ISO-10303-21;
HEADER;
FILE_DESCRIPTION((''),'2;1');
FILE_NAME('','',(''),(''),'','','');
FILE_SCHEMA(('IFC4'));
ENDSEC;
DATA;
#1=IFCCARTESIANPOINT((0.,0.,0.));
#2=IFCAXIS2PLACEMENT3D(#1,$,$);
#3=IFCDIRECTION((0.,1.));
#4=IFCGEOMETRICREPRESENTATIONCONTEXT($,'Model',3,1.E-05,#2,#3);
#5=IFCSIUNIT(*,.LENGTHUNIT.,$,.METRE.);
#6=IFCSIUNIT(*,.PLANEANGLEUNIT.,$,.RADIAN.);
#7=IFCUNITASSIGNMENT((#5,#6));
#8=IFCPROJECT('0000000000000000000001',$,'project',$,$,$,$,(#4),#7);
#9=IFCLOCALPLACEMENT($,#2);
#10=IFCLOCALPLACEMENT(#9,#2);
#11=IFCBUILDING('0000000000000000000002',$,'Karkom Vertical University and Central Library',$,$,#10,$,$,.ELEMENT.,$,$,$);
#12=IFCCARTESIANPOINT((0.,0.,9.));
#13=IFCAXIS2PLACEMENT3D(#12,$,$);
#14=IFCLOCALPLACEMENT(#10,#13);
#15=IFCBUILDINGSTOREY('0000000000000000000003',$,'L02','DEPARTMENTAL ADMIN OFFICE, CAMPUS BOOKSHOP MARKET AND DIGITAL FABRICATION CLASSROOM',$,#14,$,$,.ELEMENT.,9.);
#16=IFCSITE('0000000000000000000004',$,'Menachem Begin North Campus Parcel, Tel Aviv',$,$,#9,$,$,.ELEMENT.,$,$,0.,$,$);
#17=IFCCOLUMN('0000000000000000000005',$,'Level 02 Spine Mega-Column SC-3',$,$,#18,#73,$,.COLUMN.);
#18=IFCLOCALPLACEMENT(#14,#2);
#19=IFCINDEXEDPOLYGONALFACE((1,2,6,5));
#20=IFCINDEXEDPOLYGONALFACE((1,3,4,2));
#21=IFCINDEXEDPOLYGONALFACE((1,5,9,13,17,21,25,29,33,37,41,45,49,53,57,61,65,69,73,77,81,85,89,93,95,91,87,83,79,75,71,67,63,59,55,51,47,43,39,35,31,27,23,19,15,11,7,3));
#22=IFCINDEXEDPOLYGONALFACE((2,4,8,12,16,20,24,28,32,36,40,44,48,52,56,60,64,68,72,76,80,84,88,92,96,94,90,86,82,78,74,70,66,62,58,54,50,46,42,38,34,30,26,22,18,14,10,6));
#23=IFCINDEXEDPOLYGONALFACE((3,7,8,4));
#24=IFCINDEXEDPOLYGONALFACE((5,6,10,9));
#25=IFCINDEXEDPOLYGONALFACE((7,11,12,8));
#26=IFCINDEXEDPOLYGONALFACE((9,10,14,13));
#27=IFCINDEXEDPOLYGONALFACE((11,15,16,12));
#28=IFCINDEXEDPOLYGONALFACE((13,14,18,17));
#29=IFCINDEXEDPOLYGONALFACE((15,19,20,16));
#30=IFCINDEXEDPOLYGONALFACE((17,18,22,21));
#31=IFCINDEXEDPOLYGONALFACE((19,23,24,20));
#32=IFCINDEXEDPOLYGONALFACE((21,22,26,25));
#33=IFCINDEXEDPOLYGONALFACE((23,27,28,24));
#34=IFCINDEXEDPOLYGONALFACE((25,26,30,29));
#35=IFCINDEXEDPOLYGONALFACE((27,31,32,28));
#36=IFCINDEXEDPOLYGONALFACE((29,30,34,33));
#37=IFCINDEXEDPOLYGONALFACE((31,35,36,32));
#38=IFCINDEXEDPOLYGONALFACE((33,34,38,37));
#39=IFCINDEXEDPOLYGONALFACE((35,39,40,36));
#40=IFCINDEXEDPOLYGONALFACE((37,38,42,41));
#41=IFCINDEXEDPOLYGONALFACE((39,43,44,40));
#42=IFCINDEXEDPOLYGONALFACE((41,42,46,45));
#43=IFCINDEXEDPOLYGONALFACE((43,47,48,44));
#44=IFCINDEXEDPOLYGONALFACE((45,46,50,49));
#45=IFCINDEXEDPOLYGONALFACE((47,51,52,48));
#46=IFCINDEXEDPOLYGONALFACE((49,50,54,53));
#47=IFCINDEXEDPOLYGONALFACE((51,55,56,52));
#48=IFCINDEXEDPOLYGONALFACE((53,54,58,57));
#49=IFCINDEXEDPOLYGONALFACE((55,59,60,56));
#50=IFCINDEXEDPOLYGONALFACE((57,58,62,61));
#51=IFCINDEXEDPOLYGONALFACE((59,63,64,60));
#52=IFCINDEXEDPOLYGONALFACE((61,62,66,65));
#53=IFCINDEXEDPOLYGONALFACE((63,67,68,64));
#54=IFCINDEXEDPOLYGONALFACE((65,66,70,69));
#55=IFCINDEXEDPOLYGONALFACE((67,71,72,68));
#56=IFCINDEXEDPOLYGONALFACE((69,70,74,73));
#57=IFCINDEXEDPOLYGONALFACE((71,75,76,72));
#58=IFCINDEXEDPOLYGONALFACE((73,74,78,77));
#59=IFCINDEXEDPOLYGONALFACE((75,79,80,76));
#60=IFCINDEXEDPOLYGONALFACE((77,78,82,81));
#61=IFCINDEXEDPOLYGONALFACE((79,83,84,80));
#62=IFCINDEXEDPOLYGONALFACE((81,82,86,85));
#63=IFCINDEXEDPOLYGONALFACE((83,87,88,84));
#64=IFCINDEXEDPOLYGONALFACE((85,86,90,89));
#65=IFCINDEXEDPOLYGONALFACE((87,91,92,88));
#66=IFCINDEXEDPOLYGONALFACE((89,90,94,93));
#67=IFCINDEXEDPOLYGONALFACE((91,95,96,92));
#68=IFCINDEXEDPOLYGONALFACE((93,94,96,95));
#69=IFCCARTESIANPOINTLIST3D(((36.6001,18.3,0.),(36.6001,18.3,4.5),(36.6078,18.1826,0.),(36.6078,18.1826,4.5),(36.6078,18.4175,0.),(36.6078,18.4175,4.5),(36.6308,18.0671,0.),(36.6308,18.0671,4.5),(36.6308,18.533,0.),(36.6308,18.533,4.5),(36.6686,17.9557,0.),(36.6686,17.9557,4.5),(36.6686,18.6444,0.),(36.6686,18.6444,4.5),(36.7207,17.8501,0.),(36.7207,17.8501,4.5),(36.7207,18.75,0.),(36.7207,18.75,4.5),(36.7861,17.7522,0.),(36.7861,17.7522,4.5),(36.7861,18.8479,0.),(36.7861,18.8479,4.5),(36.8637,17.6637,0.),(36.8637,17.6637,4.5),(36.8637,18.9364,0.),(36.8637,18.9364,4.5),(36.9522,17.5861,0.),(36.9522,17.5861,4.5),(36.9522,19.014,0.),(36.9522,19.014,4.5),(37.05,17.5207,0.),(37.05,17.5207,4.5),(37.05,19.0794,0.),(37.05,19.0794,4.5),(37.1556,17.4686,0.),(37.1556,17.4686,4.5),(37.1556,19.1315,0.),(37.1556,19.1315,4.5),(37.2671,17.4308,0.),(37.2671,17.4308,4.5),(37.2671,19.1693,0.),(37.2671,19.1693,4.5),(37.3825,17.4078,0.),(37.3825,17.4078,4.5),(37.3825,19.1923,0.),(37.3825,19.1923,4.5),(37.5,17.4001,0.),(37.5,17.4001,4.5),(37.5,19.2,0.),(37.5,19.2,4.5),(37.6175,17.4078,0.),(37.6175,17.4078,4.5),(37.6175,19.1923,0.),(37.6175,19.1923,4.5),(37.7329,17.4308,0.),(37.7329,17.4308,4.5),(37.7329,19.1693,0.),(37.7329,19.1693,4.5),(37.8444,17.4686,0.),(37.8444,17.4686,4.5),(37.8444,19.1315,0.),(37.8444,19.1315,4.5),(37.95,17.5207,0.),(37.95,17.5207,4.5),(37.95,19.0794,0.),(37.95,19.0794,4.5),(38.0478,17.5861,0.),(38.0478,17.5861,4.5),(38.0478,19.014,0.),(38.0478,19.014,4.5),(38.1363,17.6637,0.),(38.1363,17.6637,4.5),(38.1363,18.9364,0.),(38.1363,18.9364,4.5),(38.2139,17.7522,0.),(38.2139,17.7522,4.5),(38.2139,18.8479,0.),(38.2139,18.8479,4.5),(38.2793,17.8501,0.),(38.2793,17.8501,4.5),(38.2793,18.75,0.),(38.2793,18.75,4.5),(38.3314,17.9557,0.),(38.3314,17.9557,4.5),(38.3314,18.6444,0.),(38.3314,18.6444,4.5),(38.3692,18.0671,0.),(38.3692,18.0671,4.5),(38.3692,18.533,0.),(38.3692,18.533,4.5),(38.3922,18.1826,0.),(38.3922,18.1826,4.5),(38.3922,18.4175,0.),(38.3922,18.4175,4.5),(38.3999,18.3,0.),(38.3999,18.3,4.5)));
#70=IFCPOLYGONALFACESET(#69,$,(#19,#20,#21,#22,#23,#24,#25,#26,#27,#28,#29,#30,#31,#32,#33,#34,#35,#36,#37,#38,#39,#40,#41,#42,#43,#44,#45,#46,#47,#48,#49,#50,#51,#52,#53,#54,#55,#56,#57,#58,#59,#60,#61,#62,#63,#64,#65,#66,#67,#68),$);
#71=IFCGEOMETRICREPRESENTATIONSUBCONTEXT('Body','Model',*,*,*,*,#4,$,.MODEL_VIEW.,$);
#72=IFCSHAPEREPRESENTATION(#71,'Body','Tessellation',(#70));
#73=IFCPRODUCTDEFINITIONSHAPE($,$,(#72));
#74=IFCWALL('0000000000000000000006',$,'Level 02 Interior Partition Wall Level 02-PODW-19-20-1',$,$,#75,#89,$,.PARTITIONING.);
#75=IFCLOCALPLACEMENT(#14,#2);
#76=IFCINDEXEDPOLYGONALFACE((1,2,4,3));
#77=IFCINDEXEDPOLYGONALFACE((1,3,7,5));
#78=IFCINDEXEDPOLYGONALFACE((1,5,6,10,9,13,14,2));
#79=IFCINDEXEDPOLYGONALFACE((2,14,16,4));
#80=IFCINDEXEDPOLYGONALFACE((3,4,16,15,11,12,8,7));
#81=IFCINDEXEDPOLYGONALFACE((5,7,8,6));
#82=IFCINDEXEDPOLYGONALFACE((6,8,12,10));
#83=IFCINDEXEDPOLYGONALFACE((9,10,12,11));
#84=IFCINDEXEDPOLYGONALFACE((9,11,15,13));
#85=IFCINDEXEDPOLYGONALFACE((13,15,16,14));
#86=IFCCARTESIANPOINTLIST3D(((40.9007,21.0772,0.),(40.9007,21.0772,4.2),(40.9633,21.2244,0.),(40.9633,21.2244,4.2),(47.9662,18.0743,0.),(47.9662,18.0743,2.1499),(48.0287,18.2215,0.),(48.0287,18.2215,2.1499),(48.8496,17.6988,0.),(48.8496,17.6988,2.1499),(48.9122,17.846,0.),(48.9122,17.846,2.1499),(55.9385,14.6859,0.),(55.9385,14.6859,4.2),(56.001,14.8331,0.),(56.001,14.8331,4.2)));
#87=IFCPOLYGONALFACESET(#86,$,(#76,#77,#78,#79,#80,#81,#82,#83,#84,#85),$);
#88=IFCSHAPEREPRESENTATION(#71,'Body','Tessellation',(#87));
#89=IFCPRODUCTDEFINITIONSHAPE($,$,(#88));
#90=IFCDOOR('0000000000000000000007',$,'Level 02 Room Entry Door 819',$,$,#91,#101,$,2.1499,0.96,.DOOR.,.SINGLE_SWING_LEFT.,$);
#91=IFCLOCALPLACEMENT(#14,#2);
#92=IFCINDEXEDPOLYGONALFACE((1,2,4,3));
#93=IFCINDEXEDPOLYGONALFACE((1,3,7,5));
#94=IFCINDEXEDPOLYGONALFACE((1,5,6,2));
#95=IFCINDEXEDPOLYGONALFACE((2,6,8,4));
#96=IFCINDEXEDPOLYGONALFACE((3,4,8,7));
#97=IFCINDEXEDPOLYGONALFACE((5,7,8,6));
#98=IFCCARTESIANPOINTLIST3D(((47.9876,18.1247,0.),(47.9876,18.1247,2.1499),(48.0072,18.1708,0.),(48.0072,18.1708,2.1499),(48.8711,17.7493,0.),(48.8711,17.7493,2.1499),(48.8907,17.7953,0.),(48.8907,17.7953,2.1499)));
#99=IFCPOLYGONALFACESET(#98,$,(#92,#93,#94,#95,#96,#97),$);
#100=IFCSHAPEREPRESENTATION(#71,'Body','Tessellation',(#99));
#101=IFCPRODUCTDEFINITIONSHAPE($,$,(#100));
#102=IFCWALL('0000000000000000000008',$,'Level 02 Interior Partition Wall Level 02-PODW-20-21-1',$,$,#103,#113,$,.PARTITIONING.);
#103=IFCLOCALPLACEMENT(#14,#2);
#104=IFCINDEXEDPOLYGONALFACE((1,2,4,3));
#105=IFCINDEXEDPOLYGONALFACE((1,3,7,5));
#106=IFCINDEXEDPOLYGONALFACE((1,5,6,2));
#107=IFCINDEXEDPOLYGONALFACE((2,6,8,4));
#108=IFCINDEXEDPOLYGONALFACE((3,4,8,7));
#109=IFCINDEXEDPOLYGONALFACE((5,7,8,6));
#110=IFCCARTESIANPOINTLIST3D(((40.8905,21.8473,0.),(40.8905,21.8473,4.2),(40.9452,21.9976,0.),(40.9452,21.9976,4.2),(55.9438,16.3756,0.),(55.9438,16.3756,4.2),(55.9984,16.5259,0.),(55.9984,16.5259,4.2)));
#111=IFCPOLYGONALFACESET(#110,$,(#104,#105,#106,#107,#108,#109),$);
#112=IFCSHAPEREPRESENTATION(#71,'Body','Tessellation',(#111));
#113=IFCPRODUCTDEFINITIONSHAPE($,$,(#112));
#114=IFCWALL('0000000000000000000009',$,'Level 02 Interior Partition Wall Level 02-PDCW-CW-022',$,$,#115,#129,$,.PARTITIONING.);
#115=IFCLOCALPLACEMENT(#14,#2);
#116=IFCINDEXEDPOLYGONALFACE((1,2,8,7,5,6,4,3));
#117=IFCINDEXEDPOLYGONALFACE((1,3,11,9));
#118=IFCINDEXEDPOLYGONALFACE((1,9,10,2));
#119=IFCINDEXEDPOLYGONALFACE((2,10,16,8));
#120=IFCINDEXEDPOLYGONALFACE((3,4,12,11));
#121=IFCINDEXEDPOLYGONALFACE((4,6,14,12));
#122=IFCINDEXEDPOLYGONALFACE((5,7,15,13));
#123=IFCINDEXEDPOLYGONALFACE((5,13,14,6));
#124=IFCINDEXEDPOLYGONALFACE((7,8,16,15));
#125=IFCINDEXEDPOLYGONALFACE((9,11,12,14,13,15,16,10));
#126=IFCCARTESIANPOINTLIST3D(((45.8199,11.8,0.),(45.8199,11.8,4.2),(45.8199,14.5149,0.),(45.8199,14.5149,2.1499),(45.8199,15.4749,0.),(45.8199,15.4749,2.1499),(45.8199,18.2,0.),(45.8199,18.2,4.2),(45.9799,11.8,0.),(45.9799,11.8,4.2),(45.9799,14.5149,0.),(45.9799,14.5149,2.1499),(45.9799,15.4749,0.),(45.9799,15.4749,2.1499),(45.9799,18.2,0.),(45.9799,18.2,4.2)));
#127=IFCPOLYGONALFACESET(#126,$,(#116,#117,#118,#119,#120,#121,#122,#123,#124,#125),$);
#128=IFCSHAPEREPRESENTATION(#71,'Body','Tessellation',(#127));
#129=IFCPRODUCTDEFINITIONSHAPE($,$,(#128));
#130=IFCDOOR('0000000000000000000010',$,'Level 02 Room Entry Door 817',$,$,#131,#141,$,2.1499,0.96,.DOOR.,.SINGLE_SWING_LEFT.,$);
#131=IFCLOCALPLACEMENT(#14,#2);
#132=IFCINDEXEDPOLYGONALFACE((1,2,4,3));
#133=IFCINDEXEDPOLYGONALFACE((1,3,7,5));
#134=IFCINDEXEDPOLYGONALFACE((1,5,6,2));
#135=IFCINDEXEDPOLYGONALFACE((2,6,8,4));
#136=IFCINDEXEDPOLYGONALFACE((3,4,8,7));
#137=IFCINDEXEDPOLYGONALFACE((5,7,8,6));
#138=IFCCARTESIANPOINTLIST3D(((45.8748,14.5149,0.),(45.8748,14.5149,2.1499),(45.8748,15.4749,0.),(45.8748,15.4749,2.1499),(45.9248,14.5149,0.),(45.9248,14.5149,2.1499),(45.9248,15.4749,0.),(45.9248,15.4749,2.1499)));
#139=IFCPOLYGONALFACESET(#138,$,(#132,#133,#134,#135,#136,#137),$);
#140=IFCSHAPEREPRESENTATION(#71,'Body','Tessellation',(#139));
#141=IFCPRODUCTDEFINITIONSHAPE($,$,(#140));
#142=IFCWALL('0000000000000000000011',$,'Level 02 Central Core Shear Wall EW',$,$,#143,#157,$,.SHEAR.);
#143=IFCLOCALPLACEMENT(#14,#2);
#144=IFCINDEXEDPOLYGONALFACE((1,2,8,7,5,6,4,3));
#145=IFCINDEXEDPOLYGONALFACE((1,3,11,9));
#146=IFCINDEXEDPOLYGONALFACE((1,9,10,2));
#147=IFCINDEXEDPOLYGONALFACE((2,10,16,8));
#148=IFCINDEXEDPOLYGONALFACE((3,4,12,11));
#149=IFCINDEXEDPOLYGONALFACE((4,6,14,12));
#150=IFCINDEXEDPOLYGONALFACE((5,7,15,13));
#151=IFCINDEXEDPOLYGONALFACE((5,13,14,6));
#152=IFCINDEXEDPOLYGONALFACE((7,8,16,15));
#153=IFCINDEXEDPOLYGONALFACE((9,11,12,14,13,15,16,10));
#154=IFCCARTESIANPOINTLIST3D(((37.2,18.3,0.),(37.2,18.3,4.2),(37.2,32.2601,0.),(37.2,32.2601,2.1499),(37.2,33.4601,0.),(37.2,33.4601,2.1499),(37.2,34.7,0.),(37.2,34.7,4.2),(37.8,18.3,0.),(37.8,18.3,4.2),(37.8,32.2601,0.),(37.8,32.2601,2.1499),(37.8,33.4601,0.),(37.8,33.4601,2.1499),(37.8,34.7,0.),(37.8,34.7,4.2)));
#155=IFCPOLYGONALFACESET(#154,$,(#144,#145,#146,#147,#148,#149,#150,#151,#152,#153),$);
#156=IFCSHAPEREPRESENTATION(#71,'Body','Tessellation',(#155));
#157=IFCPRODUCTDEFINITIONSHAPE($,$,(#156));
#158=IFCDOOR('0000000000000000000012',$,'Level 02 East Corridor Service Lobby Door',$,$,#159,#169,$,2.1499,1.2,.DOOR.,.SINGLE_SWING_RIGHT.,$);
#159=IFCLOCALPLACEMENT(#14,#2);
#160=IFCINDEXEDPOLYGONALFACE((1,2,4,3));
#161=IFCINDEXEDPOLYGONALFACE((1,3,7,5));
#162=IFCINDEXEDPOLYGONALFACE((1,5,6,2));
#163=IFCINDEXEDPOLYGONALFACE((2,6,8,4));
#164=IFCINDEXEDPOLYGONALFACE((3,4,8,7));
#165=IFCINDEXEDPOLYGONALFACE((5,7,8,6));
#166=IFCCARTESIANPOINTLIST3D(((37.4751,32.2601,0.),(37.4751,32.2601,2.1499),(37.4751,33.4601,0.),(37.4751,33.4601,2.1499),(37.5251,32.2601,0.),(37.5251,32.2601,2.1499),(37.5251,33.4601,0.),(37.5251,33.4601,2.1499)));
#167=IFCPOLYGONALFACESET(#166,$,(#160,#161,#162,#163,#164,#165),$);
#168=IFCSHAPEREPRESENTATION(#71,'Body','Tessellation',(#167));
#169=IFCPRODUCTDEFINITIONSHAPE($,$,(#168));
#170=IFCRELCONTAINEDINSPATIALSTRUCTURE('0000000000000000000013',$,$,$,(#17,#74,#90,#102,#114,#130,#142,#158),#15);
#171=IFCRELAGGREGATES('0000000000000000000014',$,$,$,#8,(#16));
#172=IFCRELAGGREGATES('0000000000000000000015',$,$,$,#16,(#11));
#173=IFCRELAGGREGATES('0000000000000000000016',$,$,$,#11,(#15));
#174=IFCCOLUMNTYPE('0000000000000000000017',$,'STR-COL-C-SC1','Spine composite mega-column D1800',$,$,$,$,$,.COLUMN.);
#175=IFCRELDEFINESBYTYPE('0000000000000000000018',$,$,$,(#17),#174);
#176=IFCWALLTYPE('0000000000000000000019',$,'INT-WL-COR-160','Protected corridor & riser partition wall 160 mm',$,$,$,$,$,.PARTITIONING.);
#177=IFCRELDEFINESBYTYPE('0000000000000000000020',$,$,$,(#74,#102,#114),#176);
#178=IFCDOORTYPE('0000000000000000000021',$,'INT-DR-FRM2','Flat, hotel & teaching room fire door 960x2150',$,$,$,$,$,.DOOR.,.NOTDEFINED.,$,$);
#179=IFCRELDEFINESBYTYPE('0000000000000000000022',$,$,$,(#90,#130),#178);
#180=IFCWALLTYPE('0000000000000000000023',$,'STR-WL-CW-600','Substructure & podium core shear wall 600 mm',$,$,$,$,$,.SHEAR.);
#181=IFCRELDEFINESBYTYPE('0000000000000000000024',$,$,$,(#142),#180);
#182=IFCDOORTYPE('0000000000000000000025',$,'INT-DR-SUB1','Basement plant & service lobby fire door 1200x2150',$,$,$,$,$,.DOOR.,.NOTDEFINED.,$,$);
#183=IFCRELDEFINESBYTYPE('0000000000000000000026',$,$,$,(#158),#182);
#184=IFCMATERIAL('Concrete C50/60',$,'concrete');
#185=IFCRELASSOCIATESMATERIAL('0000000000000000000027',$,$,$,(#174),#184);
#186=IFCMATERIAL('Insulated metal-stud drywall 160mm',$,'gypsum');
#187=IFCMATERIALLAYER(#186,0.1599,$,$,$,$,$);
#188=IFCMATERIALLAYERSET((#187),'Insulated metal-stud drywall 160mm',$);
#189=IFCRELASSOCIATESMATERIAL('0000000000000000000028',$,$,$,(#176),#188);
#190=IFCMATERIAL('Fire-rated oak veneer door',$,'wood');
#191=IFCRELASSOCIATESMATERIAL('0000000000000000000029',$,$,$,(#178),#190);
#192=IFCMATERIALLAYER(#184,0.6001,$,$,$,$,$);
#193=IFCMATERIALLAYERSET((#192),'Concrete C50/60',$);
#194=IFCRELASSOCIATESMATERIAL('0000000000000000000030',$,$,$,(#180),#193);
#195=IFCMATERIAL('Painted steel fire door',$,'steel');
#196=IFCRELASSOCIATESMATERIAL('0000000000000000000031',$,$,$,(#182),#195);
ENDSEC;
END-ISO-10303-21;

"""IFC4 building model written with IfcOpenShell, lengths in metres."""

from ifc_helpers import new_model, si_unit, direction, frame, frame_2d, origin, origin_with_axes, origin_2d, place, context, subcontext, project, spatial, rectangle, circle, extrude, source, transform, mapped, material, layer, layer_set, material_profile, profile_set, type_object, element, fill, save


model = new_model("IFC4")

# Units and contexts
model_context = context("Model", 3, precision=1e-05, world=origin(), true_north=direction((0.0, 1.0)))
body_context = subcontext(model_context, "Body", "Model", "MODEL_VIEW")
ifc_project = project(units=[si_unit("LENGTHUNIT", "METRE"), si_unit("PLANEANGLEUNIT", "RADIAN")], contexts=[model_context])

# Site, building, storey
site_placement = place(None, origin())
site = spatial("IfcSite", under=ifc_project, at=site_placement, Name="Menachem Begin North Campus Parcel, Tel Aviv", CompositionType="ELEMENT", RefElevation=0.0)
building_placement = place(site_placement, origin())
building = spatial("IfcBuilding", under=site, at=building_placement, Name="Karkom Vertical University and Central Library", CompositionType="ELEMENT")
storey_placement = place(building_placement, frame((0.0, 0.0, 9.0)))
storey = spatial("IfcBuildingStorey", under=building, at=storey_placement, Name="L02", Description="DEPARTMENTAL ADMIN OFFICE, CAMPUS BOOKSHOP MARKET AND DIGITAL FABRICATION CLASSROOM", CompositionType="ELEMENT", Elevation=9.0)

# Column
ifc_material_1 = material(Name="Concrete C50/60", Category="concrete")
ifc_material_profile = material_profile(ifc_material_1, circle(Radius=0.8999, at=origin_2d()), Name="CFT-D1800")
ifc_profile_set = profile_set([ifc_material_profile], Name="Concrete C50/60")
column_type = type_object("IfcColumnType", Name="STR-COL-C-SC1", Description="Spine composite mega-column D1800", PredefinedType="COLUMN", material=ifc_profile_set)
shared_shape_1 = source(origin_with_axes(), body_context, "Body", "SweptSolid", [
    extrude(circle(Radius=0.8999, at=origin_2d()), origin(), (0.0, 0.0, 1.0), 4.5),
])
column_placement = place(storey_placement, frame((37.5, 18.3, 0.0), z_axis=(0.0, 0.0, 1.0), x_axis=(1.0, 0.0, 0.0)))
element("IfcColumn", 1, at=column_placement, inside=storey, type_object=column_type, Name="Level 02 Spine Mega-Column SC-3", PredefinedType="COLUMN", context=body_context, shape_type="MappedRepresentation", body=[
    mapped(shared_shape_1, transform((0.0, 0.0, 0.0), scale=1.0)),
])

# Wall, opening, door
ifc_material_2 = material(Name="Insulated metal-stud drywall 160mm", Category="gypsum")
ifc_layer_1 = layer(ifc_material_2, 0.1599)
ifc_layer_set_1 = layer_set([ifc_layer_1], Name="Insulated metal-stud drywall 160mm")
wall_type_1 = type_object("IfcWallType", Name="INT-WL-COR-160", Description="Protected corridor & riser partition wall 160 mm", PredefinedType="PARTITIONING", material=ifc_layer_set_1)
wall_1_placement = place(storey_placement, frame((40.9319, 21.1509, 0.0), z_axis=(0.0, 0.0, 1.0), x_axis=(0.920325, -0.391155, 0.0)))
wall_1 = element("IfcWall", 2, at=wall_1_placement, inside=storey, type_object=wall_type_1, Name="Level 02 Interior Partition Wall Level 02-PODW-19-20-1", PredefinedType="PARTITIONING", context=body_context, shape_type="SweptSolid", body=[
    extrude(rectangle(XDim=16.3396, YDim=0.1599, at=frame_2d((8.1699, 0.0))), origin(), (0.0, 0.0, 1.0), 4.2),
])
opening_1_placement = place(wall_1_placement, frame((7.6772, 0.0, 0.0)))
opening_1 = element("IfcOpeningElement", 3, at=opening_1_placement, cuts=wall_1, PredefinedType="OPENING", context=body_context, shape_type="SweptSolid", body=[
    extrude(rectangle(XDim=0.96, YDim=2.1499, at=frame_2d((0.48, 1.075))), frame((0.0, 0.0898, 0.0), z_axis=(0.0, -1.0, 0.0), x_axis=(1.0, 0.0, 0.0)), (0.0, 0.0, 1.0), 0.1799),
])
ifc_material_3 = material(Name="Fire-rated oak veneer door", Category="wood")
door_type_1 = type_object("IfcDoorType", Name="INT-DR-FRM2", Description="Flat, hotel & teaching room fire door 960x2150", OperationType="NOTDEFINED", PredefinedType="DOOR", material=ifc_material_3)
shared_shape_2 = source(origin_with_axes(), body_context, "Body", "SweptSolid", [
    extrude(rectangle(XDim=0.96, YDim=2.1499, at=frame_2d((0.48, 1.075))), frame((0.0, 0.0249, 0.0), z_axis=(0.0, -1.0, 0.0), x_axis=(1.0, 0.0, 0.0)), (0.0, 0.0, 1.0), 0.05),
])
door_1_placement = place(opening_1_placement, origin())
door_1 = element("IfcDoor", 4, at=door_1_placement, inside=storey, type_object=door_type_1, Name="Level 02 Room Entry Door 819", OperationType="SINGLE_SWING_LEFT", OverallHeight=2.1499, OverallWidth=0.96, PredefinedType="DOOR", context=body_context, shape_type="MappedRepresentation", body=[
    mapped(shared_shape_2, transform((0.0, 0.0, 0.0), scale=1.0)),
])
fill(opening_1, door_1)

# Wall
wall_2_placement = place(storey_placement, frame((40.918, 21.9224, 0.0), z_axis=(0.0, 0.0, 1.0), x_axis=(0.939838, -0.341621, 0.0)))
element("IfcWall", 5, at=wall_2_placement, inside=storey, type_object=wall_type_1, Name="Level 02 Interior Partition Wall Level 02-PODW-20-21-1", PredefinedType="PARTITIONING", context=body_context, shape_type="SweptSolid", body=[
    extrude(rectangle(XDim=16.0168, YDim=0.1599, at=frame_2d((8.0083, 0.0))), origin(), (0.0, 0.0, 1.0), 4.2),
])

# Walls, openings, doors
wall_3_placement = place(storey_placement, frame((45.8999, 18.2, 0.0), z_axis=(0.0, 0.0, 1.0), x_axis=(0.0, -1.0, 0.0)))
wall_3 = element("IfcWall", 6, at=wall_3_placement, inside=storey, type_object=wall_type_1, Name="Level 02 Interior Partition Wall Level 02-PDCW-CW-022", PredefinedType="PARTITIONING", context=body_context, shape_type="SweptSolid", body=[
    extrude(rectangle(XDim=6.3999, YDim=0.1599, at=frame_2d((3.2, 0.0))), origin(), (0.0, 0.0, 1.0), 4.2),
])
opening_2_placement = place(wall_3_placement, frame((2.7251, 0.0, 0.0)))
opening_2 = element("IfcOpeningElement", 7, at=opening_2_placement, cuts=wall_3, PredefinedType="OPENING", context=body_context, shape_type="SweptSolid", body=[
    extrude(rectangle(XDim=0.96, YDim=2.1499, at=frame_2d((0.48, 1.075))), frame((0.0, 0.0898, 0.0), z_axis=(0.0, -1.0, 0.0), x_axis=(1.0, 0.0, 0.0)), (0.0, 0.0, 1.0), 0.1799),
])
door_2_placement = place(opening_2_placement, origin())
door_2 = element("IfcDoor", 8, at=door_2_placement, inside=storey, type_object=door_type_1, Name="Level 02 Room Entry Door 817", OperationType="SINGLE_SWING_LEFT", OverallHeight=2.1499, OverallWidth=0.96, PredefinedType="DOOR", context=body_context, shape_type="MappedRepresentation", body=[
    mapped(shared_shape_2, transform((0.0, 0.0, 0.0), scale=1.0)),
])
fill(opening_2, door_2)
ifc_layer_2 = layer(ifc_material_1, 0.6001)
ifc_layer_set_2 = layer_set([ifc_layer_2], Name="Concrete C50/60")
wall_type_2 = type_object("IfcWallType", Name="STR-WL-CW-600", Description="Substructure & podium core shear wall 600 mm", PredefinedType="SHEAR", material=ifc_layer_set_2)
wall_4_placement = place(storey_placement, frame((37.5, 18.3, 0.0), z_axis=(0.0, 0.0, 1.0), x_axis=(0.0, 1.0, 0.0)))
wall_4 = element("IfcWall", 9, at=wall_4_placement, inside=storey, type_object=wall_type_2, Name="Level 02 Central Core Shear Wall EW", PredefinedType="SHEAR", context=body_context, shape_type="SweptSolid", body=[
    extrude(rectangle(XDim=16.3999, YDim=0.6001, at=frame_2d((8.2, 0.0))), origin(), (0.0, 0.0, 1.0), 4.2),
])
opening_3_placement = place(wall_4_placement, frame((13.96, 0.0, 0.0)))
opening_3 = element("IfcOpeningElement", 10, at=opening_3_placement, cuts=wall_4, PredefinedType="OPENING", context=body_context, shape_type="SweptSolid", body=[
    extrude(rectangle(XDim=1.2, YDim=2.1499, at=frame_2d((0.6001, 1.075))), frame((0.0, 0.3101, 0.0), z_axis=(0.0, -1.0, 0.0), x_axis=(1.0, 0.0, 0.0)), (0.0, 0.0, 1.0), 0.6201),
])
ifc_material_4 = material(Name="Painted steel fire door", Category="steel")
door_type_2 = type_object("IfcDoorType", Name="INT-DR-SUB1", Description="Basement plant & service lobby fire door 1200x2150", OperationType="NOTDEFINED", PredefinedType="DOOR", material=ifc_material_4)
shared_shape_3 = source(origin_with_axes(), body_context, "Body", "SweptSolid", [
    extrude(rectangle(XDim=1.2, YDim=2.1499, at=frame_2d((0.6001, 1.075))), frame((0.0, 0.0249, 0.0), z_axis=(0.0, -1.0, 0.0), x_axis=(1.0, 0.0, 0.0)), (0.0, 0.0, 1.0), 0.05),
])
door_3_placement = place(opening_3_placement, origin())
door_3 = element("IfcDoor", 11, at=door_3_placement, inside=storey, type_object=door_type_2, Name="Level 02 East Corridor Service Lobby Door", OperationType="SINGLE_SWING_RIGHT", OverallHeight=2.1499, OverallWidth=1.2, PredefinedType="DOOR", context=body_context, shape_type="MappedRepresentation", body=[
    mapped(shared_shape_3, transform((0.0, 0.0, 0.0), scale=1.0)),
])
fill(opening_3, door_3)

save(model, "model.ifc")
